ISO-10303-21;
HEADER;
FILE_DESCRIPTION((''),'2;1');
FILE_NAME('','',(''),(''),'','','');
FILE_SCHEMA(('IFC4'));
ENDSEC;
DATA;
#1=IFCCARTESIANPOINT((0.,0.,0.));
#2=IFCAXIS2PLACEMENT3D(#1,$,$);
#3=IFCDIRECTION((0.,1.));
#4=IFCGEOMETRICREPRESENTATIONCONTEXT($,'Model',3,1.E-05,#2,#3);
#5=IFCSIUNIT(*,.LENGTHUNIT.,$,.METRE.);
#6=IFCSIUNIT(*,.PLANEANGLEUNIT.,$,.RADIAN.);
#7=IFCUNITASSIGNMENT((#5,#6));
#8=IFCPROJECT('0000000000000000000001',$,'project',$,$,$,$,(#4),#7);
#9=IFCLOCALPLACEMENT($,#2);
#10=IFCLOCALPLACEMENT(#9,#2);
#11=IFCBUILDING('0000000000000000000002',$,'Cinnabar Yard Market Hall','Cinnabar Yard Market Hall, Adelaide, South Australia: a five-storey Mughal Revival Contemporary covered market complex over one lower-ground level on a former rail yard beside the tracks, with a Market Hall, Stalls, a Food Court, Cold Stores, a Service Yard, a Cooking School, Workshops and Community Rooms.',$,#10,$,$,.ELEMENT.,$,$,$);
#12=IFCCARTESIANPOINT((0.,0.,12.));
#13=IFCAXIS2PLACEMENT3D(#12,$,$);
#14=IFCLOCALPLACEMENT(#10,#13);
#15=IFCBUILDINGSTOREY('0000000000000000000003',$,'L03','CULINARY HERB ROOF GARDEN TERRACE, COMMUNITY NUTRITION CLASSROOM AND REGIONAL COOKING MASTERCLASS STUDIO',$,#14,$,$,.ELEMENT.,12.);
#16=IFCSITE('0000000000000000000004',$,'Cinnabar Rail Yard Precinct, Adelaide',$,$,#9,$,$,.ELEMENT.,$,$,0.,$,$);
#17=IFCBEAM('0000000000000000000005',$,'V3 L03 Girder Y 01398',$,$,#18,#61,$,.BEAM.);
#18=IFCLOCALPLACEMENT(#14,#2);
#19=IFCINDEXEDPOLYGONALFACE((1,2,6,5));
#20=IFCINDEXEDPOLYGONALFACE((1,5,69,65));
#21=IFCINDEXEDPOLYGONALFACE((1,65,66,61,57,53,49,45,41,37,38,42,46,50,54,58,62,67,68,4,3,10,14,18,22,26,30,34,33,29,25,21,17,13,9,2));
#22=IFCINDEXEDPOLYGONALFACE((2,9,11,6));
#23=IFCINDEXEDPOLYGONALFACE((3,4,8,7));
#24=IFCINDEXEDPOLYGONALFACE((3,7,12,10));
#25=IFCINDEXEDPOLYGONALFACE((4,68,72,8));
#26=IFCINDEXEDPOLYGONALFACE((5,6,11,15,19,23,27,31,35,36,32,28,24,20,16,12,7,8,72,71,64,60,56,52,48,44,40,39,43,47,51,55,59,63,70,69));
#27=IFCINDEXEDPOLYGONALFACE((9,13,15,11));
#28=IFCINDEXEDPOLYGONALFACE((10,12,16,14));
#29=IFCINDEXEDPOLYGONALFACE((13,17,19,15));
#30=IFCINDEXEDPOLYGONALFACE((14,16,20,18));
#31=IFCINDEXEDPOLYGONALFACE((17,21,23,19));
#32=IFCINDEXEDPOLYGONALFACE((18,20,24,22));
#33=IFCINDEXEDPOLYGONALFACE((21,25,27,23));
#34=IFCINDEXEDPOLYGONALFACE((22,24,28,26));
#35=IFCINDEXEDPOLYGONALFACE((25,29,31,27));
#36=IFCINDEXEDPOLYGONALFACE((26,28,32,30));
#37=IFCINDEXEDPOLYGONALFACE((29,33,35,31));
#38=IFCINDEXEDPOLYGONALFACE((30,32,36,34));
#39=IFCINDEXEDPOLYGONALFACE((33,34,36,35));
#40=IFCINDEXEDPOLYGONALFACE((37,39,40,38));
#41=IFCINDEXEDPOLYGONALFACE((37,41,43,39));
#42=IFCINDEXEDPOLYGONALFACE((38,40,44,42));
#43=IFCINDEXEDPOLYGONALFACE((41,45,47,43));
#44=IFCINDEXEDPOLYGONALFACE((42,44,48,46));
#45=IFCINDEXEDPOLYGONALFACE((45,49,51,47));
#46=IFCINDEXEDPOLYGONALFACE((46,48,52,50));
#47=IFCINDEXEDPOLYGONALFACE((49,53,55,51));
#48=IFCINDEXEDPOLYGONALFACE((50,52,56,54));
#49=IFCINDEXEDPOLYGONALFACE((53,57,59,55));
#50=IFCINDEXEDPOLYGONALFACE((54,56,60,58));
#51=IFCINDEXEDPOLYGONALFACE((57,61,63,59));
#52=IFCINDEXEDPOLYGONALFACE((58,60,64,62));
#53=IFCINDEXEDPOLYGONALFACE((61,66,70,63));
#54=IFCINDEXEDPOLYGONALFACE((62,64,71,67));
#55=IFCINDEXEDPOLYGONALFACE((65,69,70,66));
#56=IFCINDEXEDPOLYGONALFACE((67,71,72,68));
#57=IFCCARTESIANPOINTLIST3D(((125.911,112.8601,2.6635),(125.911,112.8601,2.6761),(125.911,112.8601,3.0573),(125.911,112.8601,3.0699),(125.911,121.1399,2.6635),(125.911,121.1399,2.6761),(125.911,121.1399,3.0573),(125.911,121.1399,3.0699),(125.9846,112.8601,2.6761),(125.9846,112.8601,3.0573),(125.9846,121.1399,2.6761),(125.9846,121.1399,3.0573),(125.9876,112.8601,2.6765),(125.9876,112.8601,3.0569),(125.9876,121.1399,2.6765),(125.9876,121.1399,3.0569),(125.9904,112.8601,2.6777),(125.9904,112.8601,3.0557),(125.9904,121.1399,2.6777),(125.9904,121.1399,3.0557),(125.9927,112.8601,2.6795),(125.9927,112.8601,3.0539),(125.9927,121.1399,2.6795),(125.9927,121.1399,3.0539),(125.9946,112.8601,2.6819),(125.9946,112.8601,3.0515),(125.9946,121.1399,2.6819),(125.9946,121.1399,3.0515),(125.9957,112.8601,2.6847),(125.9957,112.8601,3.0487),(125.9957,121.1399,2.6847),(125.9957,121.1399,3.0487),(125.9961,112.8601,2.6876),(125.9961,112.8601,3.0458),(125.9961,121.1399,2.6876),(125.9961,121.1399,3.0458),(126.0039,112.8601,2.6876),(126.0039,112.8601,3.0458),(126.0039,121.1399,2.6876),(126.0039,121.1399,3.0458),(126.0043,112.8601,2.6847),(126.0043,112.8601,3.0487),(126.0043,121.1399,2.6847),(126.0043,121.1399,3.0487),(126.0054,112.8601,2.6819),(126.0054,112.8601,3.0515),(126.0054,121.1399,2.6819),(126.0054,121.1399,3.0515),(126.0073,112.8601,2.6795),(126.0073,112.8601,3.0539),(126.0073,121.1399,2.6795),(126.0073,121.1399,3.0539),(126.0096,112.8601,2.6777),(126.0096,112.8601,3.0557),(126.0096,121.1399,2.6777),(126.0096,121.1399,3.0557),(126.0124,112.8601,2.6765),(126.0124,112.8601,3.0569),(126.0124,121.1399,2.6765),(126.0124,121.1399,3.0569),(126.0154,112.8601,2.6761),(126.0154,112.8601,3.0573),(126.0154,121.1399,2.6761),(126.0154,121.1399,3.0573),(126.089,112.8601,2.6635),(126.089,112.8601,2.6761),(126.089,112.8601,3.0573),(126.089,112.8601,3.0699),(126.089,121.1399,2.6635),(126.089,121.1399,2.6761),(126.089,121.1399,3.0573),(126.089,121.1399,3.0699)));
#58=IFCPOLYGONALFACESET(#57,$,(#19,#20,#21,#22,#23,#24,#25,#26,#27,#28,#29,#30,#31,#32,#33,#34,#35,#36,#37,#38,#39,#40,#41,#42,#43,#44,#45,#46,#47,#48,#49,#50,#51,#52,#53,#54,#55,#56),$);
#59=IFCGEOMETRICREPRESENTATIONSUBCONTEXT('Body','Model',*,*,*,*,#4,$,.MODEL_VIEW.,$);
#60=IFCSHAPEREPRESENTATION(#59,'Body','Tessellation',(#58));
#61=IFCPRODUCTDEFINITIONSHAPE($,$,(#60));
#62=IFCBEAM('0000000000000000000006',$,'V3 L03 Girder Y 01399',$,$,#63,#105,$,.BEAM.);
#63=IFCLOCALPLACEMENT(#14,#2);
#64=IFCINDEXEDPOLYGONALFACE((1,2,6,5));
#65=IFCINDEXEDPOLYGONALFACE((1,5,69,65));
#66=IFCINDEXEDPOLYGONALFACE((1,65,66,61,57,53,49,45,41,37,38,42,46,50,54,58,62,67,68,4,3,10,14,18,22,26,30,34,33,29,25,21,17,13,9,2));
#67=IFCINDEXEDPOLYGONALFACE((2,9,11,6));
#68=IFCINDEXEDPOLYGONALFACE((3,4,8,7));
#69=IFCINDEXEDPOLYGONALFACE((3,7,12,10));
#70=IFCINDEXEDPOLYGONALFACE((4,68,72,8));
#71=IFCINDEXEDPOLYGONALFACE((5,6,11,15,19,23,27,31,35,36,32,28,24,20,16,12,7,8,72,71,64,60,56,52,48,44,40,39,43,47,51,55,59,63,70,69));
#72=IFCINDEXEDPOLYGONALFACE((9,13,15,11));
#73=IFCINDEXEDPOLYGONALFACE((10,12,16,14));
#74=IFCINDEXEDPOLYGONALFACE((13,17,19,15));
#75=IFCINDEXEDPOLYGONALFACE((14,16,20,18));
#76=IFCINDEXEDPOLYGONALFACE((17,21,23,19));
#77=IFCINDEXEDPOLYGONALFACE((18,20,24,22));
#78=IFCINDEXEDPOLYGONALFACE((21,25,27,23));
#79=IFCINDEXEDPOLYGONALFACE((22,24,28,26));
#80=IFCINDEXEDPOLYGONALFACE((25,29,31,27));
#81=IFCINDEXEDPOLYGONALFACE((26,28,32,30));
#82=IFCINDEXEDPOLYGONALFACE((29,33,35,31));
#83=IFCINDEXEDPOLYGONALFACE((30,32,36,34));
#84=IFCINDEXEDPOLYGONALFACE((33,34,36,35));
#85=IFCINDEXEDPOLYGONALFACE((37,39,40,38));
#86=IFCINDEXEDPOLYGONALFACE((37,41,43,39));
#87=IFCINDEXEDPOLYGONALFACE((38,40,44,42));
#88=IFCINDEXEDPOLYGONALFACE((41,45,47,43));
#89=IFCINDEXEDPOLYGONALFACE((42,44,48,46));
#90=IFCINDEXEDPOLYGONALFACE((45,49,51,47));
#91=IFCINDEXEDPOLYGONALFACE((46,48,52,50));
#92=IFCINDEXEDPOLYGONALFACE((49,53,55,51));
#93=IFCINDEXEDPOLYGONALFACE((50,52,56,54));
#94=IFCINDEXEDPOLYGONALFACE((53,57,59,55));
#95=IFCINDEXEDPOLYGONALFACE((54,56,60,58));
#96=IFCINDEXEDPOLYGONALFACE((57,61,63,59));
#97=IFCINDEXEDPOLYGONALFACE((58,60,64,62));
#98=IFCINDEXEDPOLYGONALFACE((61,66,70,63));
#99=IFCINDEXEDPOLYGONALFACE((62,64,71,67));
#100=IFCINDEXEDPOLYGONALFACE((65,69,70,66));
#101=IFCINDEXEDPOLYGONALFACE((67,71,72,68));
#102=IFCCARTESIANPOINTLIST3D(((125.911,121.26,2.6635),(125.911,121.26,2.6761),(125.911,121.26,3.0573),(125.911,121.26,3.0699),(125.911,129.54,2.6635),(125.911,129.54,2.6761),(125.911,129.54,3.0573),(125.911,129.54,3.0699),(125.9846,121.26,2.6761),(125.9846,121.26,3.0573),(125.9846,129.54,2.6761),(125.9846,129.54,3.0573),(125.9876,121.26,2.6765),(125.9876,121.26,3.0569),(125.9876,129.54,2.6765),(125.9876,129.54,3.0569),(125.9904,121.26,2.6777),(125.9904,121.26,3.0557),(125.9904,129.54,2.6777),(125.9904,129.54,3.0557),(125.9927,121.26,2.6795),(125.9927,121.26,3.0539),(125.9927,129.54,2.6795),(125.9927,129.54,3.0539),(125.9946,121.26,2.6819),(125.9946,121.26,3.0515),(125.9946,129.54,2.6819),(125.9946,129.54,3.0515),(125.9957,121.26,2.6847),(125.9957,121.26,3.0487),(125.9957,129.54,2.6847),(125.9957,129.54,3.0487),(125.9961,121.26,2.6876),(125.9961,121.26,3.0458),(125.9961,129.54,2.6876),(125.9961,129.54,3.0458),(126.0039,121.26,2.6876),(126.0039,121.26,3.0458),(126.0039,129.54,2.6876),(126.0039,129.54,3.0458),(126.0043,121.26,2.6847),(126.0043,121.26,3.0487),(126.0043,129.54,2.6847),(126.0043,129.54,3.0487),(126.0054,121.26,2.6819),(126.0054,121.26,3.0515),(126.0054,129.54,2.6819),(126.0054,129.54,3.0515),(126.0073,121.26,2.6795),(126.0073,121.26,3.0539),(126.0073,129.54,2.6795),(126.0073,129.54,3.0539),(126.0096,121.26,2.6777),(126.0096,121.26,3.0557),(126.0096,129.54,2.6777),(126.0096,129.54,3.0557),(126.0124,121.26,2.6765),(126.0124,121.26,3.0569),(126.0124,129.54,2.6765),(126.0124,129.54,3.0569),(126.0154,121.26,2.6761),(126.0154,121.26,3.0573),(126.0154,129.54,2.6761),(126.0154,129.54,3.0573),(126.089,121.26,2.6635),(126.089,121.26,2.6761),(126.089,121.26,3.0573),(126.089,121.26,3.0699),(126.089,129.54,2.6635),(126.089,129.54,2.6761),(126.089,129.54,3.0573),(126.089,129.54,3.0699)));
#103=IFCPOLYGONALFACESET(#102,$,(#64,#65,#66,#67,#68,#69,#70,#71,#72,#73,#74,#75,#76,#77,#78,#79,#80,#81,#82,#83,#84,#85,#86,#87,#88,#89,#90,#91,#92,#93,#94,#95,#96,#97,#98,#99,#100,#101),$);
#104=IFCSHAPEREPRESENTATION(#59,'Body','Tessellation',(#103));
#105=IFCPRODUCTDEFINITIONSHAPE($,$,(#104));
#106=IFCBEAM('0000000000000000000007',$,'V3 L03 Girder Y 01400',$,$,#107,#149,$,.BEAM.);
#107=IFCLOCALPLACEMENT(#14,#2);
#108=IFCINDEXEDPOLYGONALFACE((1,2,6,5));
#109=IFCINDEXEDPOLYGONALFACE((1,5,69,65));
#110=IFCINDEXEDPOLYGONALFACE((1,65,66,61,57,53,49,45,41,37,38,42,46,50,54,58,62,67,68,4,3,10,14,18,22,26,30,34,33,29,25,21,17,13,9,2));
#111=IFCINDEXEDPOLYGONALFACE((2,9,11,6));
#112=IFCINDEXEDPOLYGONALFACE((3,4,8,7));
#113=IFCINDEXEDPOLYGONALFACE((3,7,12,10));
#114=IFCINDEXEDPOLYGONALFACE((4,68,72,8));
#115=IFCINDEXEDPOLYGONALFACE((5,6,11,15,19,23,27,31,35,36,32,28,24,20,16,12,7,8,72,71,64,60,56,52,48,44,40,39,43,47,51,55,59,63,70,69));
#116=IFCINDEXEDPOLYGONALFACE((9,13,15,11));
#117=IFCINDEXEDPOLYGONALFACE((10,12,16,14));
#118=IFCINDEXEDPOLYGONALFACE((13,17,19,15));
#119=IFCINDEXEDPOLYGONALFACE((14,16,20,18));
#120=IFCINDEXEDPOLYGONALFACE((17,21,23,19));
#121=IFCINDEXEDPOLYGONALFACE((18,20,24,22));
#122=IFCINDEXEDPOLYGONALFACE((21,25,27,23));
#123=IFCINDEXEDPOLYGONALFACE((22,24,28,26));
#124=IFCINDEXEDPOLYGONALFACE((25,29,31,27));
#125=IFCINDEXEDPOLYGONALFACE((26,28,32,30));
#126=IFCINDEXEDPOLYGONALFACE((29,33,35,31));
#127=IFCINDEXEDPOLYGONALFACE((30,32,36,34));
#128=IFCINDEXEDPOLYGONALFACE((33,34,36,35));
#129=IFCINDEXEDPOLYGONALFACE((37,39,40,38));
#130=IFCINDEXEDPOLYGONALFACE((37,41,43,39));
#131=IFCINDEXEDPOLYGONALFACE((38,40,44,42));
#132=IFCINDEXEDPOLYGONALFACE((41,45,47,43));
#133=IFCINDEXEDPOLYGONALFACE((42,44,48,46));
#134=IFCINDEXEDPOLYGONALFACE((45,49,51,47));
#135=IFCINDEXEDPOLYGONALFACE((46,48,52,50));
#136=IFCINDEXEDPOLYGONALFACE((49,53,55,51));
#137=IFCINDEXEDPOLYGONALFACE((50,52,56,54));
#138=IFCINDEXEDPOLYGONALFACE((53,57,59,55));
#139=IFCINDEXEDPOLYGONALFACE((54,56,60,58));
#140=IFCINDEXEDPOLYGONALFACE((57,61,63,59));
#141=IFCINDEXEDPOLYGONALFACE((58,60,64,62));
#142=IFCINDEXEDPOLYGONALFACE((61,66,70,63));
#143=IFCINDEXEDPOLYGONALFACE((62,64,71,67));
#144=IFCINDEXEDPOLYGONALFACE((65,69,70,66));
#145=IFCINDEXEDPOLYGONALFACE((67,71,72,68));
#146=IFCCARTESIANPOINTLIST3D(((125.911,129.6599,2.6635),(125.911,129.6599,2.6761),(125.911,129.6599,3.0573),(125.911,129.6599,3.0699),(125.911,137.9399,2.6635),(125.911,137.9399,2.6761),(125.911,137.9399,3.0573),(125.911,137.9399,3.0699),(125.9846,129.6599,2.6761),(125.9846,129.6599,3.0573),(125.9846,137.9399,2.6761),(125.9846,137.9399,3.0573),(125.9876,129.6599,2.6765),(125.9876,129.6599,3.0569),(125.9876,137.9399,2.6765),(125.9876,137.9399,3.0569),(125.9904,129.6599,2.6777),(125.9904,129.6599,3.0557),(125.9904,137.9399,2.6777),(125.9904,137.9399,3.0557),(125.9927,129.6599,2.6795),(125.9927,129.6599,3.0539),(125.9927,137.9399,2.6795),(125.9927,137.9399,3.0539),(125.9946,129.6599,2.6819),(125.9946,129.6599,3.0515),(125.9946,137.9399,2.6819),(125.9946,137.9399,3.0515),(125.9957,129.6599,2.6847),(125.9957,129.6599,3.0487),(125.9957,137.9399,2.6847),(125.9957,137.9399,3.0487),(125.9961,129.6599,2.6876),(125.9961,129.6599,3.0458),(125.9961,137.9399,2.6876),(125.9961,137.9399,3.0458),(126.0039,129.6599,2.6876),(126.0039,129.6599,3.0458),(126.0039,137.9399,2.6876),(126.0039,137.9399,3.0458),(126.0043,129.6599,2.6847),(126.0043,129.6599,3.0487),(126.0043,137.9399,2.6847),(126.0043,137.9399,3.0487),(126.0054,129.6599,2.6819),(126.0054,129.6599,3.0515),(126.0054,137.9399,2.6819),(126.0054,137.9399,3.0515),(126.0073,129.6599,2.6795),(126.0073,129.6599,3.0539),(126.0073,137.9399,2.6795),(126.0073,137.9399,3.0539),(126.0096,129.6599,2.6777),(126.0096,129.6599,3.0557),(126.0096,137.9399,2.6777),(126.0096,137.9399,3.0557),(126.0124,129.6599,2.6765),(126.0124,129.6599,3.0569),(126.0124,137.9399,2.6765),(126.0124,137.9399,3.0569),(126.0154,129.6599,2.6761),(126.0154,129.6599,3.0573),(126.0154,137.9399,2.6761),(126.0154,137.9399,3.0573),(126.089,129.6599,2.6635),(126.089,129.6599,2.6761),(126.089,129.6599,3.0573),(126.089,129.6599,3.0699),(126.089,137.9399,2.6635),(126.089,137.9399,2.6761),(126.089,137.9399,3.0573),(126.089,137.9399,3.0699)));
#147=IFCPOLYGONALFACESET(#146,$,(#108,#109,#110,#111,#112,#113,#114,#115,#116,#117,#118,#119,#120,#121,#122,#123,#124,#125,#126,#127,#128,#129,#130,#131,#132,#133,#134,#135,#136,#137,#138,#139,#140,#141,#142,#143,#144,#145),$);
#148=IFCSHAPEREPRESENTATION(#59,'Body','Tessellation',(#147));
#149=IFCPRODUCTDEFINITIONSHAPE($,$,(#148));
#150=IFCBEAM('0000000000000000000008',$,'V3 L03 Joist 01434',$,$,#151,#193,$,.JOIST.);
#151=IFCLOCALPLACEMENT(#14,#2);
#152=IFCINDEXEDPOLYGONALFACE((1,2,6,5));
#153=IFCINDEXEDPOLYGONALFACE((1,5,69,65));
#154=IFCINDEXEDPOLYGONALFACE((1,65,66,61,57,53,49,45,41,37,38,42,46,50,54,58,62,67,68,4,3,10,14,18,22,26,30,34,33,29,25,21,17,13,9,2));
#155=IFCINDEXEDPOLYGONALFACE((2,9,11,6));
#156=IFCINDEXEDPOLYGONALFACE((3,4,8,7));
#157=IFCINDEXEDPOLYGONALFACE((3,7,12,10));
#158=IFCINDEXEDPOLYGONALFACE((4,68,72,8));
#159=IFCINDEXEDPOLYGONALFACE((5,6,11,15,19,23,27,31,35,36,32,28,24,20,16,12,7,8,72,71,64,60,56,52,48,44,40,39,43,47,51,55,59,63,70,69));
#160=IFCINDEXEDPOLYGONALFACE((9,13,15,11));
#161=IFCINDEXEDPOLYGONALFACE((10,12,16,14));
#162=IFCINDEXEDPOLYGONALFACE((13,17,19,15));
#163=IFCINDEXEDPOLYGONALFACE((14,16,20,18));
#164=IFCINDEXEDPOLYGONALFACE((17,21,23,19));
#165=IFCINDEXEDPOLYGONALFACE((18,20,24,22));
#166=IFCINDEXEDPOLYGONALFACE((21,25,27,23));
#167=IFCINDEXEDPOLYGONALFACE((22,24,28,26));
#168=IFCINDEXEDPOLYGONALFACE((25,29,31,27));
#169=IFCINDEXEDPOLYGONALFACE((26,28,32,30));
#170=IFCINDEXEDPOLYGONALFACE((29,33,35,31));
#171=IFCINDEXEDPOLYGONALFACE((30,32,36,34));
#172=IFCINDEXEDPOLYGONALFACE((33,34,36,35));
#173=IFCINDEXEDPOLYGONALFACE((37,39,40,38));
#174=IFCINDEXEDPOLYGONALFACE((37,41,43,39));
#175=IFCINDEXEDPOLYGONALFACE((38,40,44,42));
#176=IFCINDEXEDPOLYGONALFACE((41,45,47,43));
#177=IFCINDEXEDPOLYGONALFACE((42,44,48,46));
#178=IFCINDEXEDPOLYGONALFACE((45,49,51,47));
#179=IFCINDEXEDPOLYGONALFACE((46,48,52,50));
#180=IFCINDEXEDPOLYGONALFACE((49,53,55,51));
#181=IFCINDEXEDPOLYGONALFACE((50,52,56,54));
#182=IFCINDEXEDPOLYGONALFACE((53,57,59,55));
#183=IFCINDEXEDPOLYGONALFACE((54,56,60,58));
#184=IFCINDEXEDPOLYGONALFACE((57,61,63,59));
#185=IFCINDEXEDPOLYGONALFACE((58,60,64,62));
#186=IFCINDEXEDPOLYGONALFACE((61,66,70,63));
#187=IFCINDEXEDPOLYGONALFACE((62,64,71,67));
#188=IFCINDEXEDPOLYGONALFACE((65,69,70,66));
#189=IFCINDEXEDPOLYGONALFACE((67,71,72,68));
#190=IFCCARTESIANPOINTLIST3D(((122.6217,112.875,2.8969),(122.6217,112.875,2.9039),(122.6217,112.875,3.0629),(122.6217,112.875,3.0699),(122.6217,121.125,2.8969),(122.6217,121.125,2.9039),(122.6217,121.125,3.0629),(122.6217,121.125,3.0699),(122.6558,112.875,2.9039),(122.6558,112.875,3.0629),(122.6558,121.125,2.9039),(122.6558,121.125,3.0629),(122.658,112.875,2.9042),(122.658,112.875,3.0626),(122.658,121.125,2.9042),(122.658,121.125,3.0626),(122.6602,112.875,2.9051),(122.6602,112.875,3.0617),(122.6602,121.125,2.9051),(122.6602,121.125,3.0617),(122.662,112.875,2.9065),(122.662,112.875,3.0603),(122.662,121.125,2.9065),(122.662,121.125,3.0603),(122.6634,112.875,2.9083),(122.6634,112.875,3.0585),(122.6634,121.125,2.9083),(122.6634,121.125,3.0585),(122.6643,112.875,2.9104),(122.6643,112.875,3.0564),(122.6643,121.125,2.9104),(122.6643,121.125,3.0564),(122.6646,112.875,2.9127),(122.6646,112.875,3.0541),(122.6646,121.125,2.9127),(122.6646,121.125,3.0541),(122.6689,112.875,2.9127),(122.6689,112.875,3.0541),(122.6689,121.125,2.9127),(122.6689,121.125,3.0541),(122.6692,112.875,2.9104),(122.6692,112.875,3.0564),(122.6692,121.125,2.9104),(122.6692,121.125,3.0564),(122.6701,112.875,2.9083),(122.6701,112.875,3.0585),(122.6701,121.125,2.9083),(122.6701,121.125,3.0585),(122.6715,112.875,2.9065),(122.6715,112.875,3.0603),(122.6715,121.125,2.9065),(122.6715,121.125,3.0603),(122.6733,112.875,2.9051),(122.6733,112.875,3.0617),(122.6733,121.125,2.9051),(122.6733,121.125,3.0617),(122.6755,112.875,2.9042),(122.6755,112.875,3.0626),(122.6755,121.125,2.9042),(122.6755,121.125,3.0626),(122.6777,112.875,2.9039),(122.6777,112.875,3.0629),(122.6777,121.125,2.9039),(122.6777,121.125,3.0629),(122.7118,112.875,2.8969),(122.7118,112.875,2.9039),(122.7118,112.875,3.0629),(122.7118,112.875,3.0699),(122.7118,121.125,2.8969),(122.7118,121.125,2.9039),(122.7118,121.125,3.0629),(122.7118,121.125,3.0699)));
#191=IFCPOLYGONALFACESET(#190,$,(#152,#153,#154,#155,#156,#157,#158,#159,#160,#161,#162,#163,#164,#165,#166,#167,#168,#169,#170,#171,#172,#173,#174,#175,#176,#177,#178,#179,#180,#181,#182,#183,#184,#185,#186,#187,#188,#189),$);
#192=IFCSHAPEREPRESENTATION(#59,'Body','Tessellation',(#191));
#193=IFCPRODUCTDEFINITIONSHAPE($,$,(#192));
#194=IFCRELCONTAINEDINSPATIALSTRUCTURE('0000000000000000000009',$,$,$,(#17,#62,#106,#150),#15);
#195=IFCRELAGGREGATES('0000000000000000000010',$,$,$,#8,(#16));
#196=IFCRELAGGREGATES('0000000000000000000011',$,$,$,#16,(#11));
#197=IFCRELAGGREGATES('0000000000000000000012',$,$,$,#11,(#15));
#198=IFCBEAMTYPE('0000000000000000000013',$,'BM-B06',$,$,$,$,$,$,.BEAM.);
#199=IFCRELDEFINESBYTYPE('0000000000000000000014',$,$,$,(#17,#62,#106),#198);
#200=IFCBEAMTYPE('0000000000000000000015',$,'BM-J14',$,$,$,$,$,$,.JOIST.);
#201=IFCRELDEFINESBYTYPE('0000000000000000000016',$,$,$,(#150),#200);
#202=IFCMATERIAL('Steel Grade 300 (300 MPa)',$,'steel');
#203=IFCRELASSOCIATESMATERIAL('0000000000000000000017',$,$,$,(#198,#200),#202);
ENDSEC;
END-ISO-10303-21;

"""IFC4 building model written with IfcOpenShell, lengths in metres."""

from ifc_helpers import new_model, si_unit, direction, frame, origin, origin_2d_with_axis, place, context, subcontext, project, spatial, i_section, extrude, material, material_profile, profile_set, type_object, element, save


model = new_model("IFC4")

# Units and contexts
model_context = context("Model", 3, precision=1e-05, world=origin(), true_north=direction((0.0, 1.0)))
body_context = subcontext(model_context, "Body", "Model", "MODEL_VIEW")
ifc_project = project(units=[si_unit("LENGTHUNIT", "METRE"), si_unit("PLANEANGLEUNIT", "RADIAN")], contexts=[model_context])

# Site, building, storey
site_placement = place(None, origin())
site = spatial("IfcSite", under=ifc_project, at=site_placement, Name="Cinnabar Rail Yard Precinct, Adelaide", CompositionType="ELEMENT", RefElevation=0.0)
building_placement = place(site_placement, origin())
building = spatial("IfcBuilding", under=site, at=building_placement, Name="Cinnabar Yard Market Hall", Description="Cinnabar Yard Market Hall, Adelaide, South Australia: a five-storey Mughal Revival Contemporary covered market complex over one lower-ground level on a former rail yard beside the tracks, with a Market Hall, Stalls, a Food Court, Cold Stores, a Service Yard, a Cooking School, Workshops and Community Rooms.", CompositionType="ELEMENT")
storey_placement = place(building_placement, frame((0.0, 0.0, 12.0)))
storey = spatial("IfcBuildingStorey", under=building, at=storey_placement, Name="L03", Description="CULINARY HERB ROOF GARDEN TERRACE, COMMUNITY NUTRITION CLASSROOM AND REGIONAL COOKING MASTERCLASS STUDIO", CompositionType="ELEMENT", Elevation=12.0)

# Beams
ifc_material_1 = material(Name="Steel Grade 300 (300 MPa)", Category="steel")
ifc_material_profile_1 = material_profile(ifc_material_1, i_section(OverallWidth=0.178, OverallDepth=0.4065, WebThickness=0.0078, FlangeThickness=0.0127, FilletRadius=0.0115, at=origin_2d_with_axis()), Name="410UB59.7")
ifc_profile_set_1 = profile_set([ifc_material_profile_1], Name="Steel Grade 300 (300 MPa)")
beam_type_1 = type_object("IfcBeamType", Name="BM-B06", PredefinedType="BEAM", material=ifc_profile_set_1)
beam_1_placement = place(storey_placement, frame((126.0, 112.8601, 2.8667), z_axis=(0.0, 1.0, 0.0), x_axis=(-1.0, 0.0, 0.0)))
element("IfcBeam", 1, at=beam_1_placement, inside=storey, type_object=beam_type_1, Name="V3 L03 Girder Y 01398", PredefinedType="BEAM", context=body_context, shape_type="SweptSolid", body=[
    extrude(i_section(OverallWidth=0.178, OverallDepth=0.4065, WebThickness=0.0078, FlangeThickness=0.0127, FilletRadius=0.0115, at=origin_2d_with_axis()), origin(), (0.0, 0.0, 1.0), 8.2798),
])
for number, where, z_axis, x_axis, name in (
    (2, (126.0, 121.26, 2.8667), (0.0, 1.0, 0.0), (-1.0, 0.0, 0.0), "V3 L03 Girder Y 01399"),
    (3, (126.0, 129.6599, 2.8667), (0.0, 1.0, 0.0), (-1.0, 0.0, 0.0), "V3 L03 Girder Y 01400"),
):
    element("IfcBeam", number, at=place(storey_placement, frame(where, z_axis=z_axis, x_axis=x_axis)), inside=storey, type_object=beam_type_1, Name=name, PredefinedType="BEAM", context=body_context, shape_type="SweptSolid", body=[
        extrude(i_section(OverallWidth=0.178, OverallDepth=0.4065, WebThickness=0.0078, FlangeThickness=0.0127, FilletRadius=0.0115, at=origin_2d_with_axis()), origin(), (0.0, 0.0, 1.0), 8.28),
    ])
ifc_material_profile_2 = material_profile(ifc_material_1, i_section(OverallWidth=0.0901, OverallDepth=0.1731, WebThickness=0.0044, FlangeThickness=0.0071, FilletRadius=0.0088, at=origin_2d_with_axis()), Name="180UB16.1")
ifc_profile_set_2 = profile_set([ifc_material_profile_2], Name="Steel Grade 300 (300 MPa)")
beam_type_2 = type_object("IfcBeamType", Name="BM-J14", PredefinedType="JOIST", material=ifc_profile_set_2)
beam_2_placement = place(storey_placement, frame((122.6667, 112.875, 2.9834), z_axis=(0.0, 1.0, 0.0), x_axis=(-1.0, 0.0, 0.0)))
element("IfcBeam", 4, at=beam_2_placement, inside=storey, type_object=beam_type_2, Name="V3 L03 Joist 01434", PredefinedType="JOIST", context=body_context, shape_type="SweptSolid", body=[
    extrude(i_section(OverallWidth=0.0901, OverallDepth=0.1731, WebThickness=0.0044, FlangeThickness=0.0071, FilletRadius=0.0088, at=origin_2d_with_axis()), origin(), (0.0, 0.0, 1.0), 8.25),
])

save(model, "model.ifc")
